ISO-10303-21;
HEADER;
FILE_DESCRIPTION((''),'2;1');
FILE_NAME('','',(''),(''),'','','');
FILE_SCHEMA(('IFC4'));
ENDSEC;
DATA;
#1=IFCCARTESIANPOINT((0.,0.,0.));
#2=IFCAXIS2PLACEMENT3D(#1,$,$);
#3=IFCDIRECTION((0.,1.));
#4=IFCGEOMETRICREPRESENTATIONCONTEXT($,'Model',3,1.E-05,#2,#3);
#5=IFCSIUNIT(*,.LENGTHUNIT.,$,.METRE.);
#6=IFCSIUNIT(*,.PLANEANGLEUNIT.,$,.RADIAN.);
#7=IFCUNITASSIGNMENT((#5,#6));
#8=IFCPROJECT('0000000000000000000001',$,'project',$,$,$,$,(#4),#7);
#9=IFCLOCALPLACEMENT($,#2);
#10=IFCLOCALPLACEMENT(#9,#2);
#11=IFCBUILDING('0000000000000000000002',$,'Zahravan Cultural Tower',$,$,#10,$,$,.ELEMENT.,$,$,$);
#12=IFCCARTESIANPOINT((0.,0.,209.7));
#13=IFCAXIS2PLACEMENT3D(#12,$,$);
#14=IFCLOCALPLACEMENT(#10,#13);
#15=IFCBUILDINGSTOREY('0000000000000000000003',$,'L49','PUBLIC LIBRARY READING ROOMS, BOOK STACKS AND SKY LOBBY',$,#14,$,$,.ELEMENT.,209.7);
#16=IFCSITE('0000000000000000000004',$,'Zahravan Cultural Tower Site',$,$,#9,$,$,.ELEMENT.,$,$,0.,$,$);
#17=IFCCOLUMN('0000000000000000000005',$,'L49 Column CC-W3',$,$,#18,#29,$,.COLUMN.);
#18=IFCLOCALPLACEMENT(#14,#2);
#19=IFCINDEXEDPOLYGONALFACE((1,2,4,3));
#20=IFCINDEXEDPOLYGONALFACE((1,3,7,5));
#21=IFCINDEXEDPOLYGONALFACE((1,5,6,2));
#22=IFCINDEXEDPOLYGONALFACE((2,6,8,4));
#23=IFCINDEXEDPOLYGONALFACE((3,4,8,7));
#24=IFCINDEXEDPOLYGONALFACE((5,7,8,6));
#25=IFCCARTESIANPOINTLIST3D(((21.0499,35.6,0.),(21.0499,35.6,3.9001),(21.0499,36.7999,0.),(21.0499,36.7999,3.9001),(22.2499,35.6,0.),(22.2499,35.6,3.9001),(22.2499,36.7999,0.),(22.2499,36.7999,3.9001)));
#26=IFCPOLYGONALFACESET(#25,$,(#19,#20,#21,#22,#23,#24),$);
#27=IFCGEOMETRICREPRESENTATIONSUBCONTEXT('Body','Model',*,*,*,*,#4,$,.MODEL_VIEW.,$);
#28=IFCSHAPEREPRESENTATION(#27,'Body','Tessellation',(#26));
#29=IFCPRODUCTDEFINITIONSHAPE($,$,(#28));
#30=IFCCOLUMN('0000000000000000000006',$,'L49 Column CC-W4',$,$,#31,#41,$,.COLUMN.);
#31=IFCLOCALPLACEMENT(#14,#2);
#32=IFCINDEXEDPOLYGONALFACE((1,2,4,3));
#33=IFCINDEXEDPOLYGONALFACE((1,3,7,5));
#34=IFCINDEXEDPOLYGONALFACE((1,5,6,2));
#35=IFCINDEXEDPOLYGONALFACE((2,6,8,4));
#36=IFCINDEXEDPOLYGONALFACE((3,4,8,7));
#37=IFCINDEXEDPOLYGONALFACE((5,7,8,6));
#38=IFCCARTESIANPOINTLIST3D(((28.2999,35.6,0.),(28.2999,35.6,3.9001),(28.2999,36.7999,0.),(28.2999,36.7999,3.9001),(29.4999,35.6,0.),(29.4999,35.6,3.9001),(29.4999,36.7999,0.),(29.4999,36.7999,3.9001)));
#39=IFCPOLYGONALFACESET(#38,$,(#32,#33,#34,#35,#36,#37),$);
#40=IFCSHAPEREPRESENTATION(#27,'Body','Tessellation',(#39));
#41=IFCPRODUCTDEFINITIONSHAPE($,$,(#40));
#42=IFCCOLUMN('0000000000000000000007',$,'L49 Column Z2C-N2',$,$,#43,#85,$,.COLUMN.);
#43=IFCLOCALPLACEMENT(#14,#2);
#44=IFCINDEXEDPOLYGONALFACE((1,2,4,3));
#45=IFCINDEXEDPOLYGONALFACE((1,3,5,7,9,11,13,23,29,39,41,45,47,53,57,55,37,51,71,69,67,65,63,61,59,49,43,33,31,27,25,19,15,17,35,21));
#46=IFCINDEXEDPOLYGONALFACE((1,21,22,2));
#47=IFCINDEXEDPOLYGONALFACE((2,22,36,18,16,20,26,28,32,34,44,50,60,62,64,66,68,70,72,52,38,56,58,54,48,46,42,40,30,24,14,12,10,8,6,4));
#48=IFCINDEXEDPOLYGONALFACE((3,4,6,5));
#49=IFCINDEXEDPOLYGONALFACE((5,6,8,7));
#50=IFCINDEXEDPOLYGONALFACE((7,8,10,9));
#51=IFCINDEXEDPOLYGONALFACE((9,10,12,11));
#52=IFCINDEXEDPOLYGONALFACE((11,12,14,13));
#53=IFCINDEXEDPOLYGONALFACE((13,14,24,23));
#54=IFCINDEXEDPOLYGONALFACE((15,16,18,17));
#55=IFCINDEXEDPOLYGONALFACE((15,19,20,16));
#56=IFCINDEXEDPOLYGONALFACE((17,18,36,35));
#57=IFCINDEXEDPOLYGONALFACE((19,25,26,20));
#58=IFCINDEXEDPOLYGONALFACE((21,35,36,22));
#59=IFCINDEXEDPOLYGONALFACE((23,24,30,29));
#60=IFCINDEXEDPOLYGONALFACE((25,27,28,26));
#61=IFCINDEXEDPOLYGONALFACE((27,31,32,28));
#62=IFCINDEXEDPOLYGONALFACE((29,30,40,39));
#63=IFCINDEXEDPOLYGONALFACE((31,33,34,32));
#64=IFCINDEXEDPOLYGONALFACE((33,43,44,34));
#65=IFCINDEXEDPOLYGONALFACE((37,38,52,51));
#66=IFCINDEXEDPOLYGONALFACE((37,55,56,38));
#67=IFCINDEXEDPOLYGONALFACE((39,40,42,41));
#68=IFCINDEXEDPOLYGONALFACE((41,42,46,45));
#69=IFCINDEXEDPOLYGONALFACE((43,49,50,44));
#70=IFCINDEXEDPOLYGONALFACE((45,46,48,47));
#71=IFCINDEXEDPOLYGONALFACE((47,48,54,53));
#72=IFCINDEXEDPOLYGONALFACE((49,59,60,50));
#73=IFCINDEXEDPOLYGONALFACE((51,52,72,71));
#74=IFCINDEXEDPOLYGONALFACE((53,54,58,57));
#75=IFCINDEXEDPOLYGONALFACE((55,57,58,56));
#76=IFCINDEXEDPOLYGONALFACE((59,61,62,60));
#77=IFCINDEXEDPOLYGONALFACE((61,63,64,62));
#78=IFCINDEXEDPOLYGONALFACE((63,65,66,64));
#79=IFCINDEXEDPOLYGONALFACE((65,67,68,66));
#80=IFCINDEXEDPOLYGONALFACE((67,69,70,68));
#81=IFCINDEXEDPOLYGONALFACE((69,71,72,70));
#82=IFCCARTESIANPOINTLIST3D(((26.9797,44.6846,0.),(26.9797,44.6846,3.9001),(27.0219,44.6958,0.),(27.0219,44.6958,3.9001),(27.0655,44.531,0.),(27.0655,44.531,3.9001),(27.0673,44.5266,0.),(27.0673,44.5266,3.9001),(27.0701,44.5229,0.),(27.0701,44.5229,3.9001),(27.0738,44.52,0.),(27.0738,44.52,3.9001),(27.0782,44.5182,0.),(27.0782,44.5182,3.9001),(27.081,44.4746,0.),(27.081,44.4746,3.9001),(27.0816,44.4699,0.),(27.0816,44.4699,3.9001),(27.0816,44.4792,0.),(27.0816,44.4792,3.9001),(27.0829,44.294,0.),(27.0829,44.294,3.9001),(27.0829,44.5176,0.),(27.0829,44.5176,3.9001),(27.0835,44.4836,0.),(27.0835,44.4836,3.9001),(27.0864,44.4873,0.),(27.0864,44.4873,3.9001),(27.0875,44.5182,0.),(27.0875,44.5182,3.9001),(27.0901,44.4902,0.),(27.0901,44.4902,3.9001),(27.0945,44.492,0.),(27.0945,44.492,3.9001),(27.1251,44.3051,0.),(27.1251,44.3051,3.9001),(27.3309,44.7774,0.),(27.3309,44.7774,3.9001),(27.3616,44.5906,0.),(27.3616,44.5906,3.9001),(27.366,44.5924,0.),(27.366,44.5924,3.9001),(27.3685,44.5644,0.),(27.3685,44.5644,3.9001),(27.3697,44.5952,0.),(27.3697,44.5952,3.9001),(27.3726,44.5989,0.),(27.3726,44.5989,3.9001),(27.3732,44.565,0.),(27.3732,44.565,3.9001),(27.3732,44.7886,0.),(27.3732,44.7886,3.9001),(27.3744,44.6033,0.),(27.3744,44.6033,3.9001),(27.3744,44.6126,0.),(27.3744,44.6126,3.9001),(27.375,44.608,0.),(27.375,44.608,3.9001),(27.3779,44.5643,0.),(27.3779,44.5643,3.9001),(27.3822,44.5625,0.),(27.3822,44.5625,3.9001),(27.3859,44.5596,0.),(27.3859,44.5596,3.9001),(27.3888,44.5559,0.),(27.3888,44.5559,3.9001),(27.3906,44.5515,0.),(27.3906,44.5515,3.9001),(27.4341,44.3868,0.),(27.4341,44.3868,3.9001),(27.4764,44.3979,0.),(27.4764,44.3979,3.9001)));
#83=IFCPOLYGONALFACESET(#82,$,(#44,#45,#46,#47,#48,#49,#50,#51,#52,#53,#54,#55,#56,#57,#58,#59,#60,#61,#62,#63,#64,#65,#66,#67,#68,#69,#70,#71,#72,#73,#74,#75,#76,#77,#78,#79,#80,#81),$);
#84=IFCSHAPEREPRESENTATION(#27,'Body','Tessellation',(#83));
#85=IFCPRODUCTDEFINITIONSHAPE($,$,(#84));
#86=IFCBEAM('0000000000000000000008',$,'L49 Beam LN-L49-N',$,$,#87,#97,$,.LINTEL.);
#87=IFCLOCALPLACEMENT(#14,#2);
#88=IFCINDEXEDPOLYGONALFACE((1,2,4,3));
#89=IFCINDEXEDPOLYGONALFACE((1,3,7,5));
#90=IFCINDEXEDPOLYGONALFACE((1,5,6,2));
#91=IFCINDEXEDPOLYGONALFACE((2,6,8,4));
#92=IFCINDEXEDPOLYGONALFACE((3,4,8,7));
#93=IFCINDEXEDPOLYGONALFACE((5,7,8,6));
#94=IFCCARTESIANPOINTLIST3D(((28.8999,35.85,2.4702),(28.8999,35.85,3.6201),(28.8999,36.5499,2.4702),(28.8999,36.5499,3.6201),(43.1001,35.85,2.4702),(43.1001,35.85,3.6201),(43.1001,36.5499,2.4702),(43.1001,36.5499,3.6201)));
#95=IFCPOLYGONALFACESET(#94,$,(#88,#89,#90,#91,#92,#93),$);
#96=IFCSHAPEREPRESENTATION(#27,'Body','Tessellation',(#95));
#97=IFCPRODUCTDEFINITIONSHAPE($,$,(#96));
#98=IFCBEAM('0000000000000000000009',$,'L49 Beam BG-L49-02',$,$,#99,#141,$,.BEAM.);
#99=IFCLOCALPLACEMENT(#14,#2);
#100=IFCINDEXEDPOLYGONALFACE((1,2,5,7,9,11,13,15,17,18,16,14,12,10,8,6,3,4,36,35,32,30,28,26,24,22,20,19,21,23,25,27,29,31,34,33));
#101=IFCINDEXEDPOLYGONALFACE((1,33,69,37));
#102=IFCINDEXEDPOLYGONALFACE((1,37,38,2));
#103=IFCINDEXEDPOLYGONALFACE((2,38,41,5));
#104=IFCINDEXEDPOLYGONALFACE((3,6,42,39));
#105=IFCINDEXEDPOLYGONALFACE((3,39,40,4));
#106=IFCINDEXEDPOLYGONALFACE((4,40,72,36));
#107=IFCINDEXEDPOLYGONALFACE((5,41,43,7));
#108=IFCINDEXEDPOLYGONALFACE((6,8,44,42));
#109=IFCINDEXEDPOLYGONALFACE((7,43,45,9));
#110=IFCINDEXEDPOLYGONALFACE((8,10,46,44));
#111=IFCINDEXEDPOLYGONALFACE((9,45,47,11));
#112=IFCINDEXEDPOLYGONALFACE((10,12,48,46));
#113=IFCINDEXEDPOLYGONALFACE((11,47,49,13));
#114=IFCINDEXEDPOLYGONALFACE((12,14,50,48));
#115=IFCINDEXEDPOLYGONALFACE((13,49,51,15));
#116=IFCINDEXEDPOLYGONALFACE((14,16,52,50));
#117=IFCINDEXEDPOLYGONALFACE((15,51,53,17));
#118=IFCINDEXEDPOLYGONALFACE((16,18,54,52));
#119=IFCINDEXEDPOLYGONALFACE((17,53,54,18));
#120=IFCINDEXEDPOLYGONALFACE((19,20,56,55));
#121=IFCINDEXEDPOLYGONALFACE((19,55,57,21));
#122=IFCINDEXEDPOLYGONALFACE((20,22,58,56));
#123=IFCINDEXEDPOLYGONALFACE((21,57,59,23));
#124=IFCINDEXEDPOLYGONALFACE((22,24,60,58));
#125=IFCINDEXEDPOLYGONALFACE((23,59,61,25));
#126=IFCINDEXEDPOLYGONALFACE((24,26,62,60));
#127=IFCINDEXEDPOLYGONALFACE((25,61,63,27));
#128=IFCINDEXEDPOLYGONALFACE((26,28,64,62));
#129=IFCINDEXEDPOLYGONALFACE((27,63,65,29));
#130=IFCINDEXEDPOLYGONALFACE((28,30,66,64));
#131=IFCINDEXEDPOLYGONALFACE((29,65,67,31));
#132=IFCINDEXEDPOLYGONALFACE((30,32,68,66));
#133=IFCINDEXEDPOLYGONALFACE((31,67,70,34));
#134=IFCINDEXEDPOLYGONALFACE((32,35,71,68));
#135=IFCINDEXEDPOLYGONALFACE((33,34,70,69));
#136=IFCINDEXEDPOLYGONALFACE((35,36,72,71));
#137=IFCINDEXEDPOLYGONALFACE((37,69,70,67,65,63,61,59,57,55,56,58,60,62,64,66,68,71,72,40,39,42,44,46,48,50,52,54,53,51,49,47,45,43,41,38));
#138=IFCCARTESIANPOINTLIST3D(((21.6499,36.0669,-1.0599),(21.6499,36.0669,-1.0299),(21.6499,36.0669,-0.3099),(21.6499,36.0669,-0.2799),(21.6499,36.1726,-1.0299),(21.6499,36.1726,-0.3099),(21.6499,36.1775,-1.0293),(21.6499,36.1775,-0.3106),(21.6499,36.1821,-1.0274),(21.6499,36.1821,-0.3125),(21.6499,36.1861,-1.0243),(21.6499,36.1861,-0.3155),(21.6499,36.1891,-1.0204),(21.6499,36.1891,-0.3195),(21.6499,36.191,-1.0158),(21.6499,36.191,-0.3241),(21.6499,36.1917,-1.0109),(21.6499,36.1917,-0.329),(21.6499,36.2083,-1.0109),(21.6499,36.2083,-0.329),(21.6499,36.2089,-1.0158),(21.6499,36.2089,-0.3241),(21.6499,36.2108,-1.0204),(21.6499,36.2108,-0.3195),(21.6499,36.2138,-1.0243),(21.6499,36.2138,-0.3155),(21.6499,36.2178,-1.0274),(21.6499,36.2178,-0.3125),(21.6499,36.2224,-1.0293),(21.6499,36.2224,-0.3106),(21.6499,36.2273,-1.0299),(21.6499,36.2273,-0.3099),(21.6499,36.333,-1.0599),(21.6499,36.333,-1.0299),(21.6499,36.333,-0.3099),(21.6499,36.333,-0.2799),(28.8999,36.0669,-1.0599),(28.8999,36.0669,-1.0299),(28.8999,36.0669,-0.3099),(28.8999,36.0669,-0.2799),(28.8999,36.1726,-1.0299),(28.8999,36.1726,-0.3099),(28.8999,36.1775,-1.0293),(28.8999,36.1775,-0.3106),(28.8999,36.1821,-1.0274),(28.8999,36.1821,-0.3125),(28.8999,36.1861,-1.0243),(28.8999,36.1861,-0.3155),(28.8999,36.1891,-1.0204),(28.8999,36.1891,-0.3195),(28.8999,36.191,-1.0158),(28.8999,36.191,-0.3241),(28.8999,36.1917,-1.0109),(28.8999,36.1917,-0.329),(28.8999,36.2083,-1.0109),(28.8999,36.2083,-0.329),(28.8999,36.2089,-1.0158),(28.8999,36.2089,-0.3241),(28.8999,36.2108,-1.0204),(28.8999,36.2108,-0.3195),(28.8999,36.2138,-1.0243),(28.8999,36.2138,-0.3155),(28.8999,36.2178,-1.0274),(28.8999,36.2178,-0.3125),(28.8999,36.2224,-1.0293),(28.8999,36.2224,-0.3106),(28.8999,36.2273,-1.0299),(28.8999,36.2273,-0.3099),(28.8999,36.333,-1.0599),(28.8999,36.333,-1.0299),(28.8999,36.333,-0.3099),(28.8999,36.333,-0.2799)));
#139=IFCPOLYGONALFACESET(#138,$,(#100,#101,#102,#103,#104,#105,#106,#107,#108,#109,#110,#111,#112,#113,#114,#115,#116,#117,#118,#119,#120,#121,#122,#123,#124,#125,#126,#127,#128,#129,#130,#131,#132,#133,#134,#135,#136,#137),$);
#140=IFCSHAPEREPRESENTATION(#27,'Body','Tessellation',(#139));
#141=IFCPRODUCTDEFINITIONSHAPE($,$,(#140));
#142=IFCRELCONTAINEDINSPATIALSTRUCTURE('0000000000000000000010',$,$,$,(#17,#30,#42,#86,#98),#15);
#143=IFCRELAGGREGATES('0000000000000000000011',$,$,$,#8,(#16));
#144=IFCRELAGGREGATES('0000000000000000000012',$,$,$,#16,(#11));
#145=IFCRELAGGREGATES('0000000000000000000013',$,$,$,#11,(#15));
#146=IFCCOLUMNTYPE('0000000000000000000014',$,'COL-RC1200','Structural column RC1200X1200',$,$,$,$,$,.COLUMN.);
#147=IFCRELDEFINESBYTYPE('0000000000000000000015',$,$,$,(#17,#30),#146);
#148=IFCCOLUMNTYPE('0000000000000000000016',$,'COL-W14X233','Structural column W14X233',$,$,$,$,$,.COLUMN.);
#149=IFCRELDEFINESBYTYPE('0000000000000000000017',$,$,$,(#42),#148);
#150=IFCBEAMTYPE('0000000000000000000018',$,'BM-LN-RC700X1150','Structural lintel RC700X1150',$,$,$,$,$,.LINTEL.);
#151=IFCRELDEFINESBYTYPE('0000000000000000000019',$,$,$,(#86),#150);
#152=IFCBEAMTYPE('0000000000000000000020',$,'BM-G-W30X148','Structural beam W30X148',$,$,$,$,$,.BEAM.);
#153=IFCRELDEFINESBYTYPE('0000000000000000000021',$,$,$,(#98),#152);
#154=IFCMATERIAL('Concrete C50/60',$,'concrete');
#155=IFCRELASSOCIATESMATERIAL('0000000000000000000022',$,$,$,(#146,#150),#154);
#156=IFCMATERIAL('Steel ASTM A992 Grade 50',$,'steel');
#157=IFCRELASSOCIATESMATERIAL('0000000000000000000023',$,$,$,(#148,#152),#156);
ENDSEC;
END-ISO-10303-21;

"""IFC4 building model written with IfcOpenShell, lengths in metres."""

from ifc_helpers import new_model, si_unit, direction, frame, origin, origin_2d, place, context, subcontext, project, spatial, rectangle, i_section, extrude, source, transform, mapped, material, material_profile, profile_set, type_object, element, save


model = new_model("IFC4")

# Units and contexts
model_context = context("Model", 3, precision=1e-05, world=origin(), true_north=direction((0.0, 1.0)))
body_context = subcontext(model_context, "Body", "Model", "MODEL_VIEW")
ifc_project = project(units=[si_unit("LENGTHUNIT", "METRE"), si_unit("PLANEANGLEUNIT", "RADIAN")], contexts=[model_context])

# Site, building, storey
site_placement = place(None, origin())
site = spatial("IfcSite", under=ifc_project, at=site_placement, Name="Zahravan Cultural Tower Site", CompositionType="ELEMENT", RefElevation=0.0)
building_placement = place(site_placement, origin())
building = spatial("IfcBuilding", under=site, at=building_placement, Name="Zahravan Cultural Tower", CompositionType="ELEMENT")
storey_placement = place(building_placement, frame((0.0, 0.0, 209.7)))
storey = spatial("IfcBuildingStorey", under=building, at=storey_placement, Name="L49", Description="PUBLIC LIBRARY READING ROOMS, BOOK STACKS AND SKY LOBBY", CompositionType="ELEMENT", Elevation=209.7)

# Columns
ifc_material_1 = material(Name="Concrete C50/60", Category="concrete")
ifc_material_profile_1 = material_profile(ifc_material_1, rectangle(XDim=1.2, YDim=1.2, at=origin_2d()), Name="RC1200X1200")
ifc_profile_set_1 = profile_set([ifc_material_profile_1], Name="Concrete C50/60")
column_type_1 = type_object("IfcColumnType", Name="COL-RC1200", Description="Structural column RC1200X1200", PredefinedType="COLUMN", material=ifc_profile_set_1)
shared_shape_1 = source(origin(), body_context, "Body", "SweptSolid", [
    extrude(rectangle(XDim=1.2, YDim=1.2, at=origin_2d()), origin(), (0.0, 0.0, 1.0), 3.9001),
])
for number, where, z_axis, x_axis, name in (
    (1, (21.6499, 36.2, 0.0), (0.0, 0.0, 1.0), (1.0, 0.0, 0.0), "L49 Column CC-W3"),
    (2, (28.8999, 36.2, 0.0), (0.0, 0.0, 1.0), (1.0, 0.0, 0.0), "L49 Column CC-W4"),
):
    element("IfcColumn", number, at=place(storey_placement, frame(where, z_axis=z_axis, x_axis=x_axis)), inside=storey, type_object=column_type_1, Name=name, PredefinedType="COLUMN", context=body_context, shape_type="MappedRepresentation", body=[
        mapped(shared_shape_1, transform((0.0, 0.0, 0.0), x_axis=(1.0, 0.0, 0.0), y_axis=(0.0, 1.0, 0.0), z_axis=(0.0, 0.0, 1.0), scale=1.0)),
    ])
ifc_material_2 = material(Name="Steel ASTM A992 Grade 50", Category="steel")
ifc_material_profile_2 = material_profile(ifc_material_2, i_section(OverallWidth=0.4041, OverallDepth=0.407, WebThickness=0.0271, FlangeThickness=0.0437, FilletRadius=0.0181, at=origin_2d()), Name="W14X233")
ifc_profile_set_2 = profile_set([ifc_material_profile_2], Name="Steel ASTM A992 Grade 50")
column_type_2 = type_object("IfcColumnType", Name="COL-W14X233", Description="Structural column W14X233", PredefinedType="COLUMN", material=ifc_profile_set_2)
shared_shape_2 = source(origin(), body_context, "Body", "SweptSolid", [
    extrude(i_section(OverallWidth=0.4041, OverallDepth=0.407, WebThickness=0.0271, FlangeThickness=0.0437, FilletRadius=0.0181, at=origin_2d()), origin(), (0.0, 0.0, 1.0), 3.9001),
])
column_placement = place(storey_placement, frame((27.228, 44.5413, 0.0), z_axis=(0.0, 0.0, 1.0), x_axis=(-0.255446, 0.966823, 0.0)))
element("IfcColumn", 3, at=column_placement, inside=storey, type_object=column_type_2, Name="L49 Column Z2C-N2", PredefinedType="COLUMN", context=body_context, shape_type="MappedRepresentation", body=[
    mapped(shared_shape_2, transform((0.0, 0.0, 0.0), x_axis=(1.0, 0.0, 0.0), y_axis=(0.0, 1.0, 0.0), z_axis=(0.0, 0.0, 1.0), scale=1.0)),
])

# Beams
ifc_material_profile_3 = material_profile(ifc_material_1, rectangle(XDim=0.7, YDim=1.1499, at=origin_2d()), Name="RC700X1150")
ifc_profile_set_3 = profile_set([ifc_material_profile_3], Name="Concrete C50/60")
beam_type_1 = type_object("IfcBeamType", Name="BM-LN-RC700X1150", Description="Structural lintel RC700X1150", PredefinedType="LINTEL", material=ifc_profile_set_3)
shared_shape_3 = source(origin(), body_context, "Body", "SweptSolid", [
    extrude(rectangle(XDim=0.7, YDim=1.1499, at=origin_2d()), origin(), (0.0, 0.0, 1.0), 14.2002),
])
beam_1_placement = place(storey_placement, frame((28.8999, 36.2, 3.0452), z_axis=(1.0, 0.0, 0.0), x_axis=(0.0, 1.0, 0.0)))
element("IfcBeam", 4, at=beam_1_placement, inside=storey, type_object=beam_type_1, Name="L49 Beam LN-L49-N", PredefinedType="LINTEL", context=body_context, shape_type="MappedRepresentation", body=[
    mapped(shared_shape_3, transform((0.0, 0.0, 0.0), x_axis=(1.0, 0.0, 0.0), y_axis=(0.0, 1.0, 0.0), z_axis=(0.0, 0.0, 1.0), scale=1.0)),
])
ifc_material_profile_4 = material_profile(ifc_material_2, i_section(OverallWidth=0.2661, OverallDepth=0.78, WebThickness=0.0166, FlangeThickness=0.03, FilletRadius=0.019, at=origin_2d()), Name="W30X148")
ifc_profile_set_4 = profile_set([ifc_material_profile_4], Name="Steel ASTM A992 Grade 50")
beam_type_2 = type_object("IfcBeamType", Name="BM-G-W30X148", Description="Structural beam W30X148", PredefinedType="BEAM", material=ifc_profile_set_4)
shared_shape_4 = source(origin(), body_context, "Body", "SweptSolid", [
    extrude(i_section(OverallWidth=0.2661, OverallDepth=0.78, WebThickness=0.0166, FlangeThickness=0.03, FilletRadius=0.019, at=origin_2d()), origin(), (0.0, 0.0, 1.0), 7.25),
])
beam_2_placement = place(storey_placement, frame((21.6499, 36.2, -0.6699), z_axis=(1.0, 0.0, 0.0), x_axis=(0.0, 1.0, 0.0)))
element("IfcBeam", 5, at=beam_2_placement, inside=storey, type_object=beam_type_2, Name="L49 Beam BG-L49-02", PredefinedType="BEAM", context=body_context, shape_type="MappedRepresentation", body=[
    mapped(shared_shape_4, transform((0.0, 0.0, 0.0), x_axis=(1.0, 0.0, 0.0), y_axis=(0.0, 1.0, 0.0), z_axis=(0.0, 0.0, 1.0), scale=1.0)),
])

save(model, "model.ifc")
